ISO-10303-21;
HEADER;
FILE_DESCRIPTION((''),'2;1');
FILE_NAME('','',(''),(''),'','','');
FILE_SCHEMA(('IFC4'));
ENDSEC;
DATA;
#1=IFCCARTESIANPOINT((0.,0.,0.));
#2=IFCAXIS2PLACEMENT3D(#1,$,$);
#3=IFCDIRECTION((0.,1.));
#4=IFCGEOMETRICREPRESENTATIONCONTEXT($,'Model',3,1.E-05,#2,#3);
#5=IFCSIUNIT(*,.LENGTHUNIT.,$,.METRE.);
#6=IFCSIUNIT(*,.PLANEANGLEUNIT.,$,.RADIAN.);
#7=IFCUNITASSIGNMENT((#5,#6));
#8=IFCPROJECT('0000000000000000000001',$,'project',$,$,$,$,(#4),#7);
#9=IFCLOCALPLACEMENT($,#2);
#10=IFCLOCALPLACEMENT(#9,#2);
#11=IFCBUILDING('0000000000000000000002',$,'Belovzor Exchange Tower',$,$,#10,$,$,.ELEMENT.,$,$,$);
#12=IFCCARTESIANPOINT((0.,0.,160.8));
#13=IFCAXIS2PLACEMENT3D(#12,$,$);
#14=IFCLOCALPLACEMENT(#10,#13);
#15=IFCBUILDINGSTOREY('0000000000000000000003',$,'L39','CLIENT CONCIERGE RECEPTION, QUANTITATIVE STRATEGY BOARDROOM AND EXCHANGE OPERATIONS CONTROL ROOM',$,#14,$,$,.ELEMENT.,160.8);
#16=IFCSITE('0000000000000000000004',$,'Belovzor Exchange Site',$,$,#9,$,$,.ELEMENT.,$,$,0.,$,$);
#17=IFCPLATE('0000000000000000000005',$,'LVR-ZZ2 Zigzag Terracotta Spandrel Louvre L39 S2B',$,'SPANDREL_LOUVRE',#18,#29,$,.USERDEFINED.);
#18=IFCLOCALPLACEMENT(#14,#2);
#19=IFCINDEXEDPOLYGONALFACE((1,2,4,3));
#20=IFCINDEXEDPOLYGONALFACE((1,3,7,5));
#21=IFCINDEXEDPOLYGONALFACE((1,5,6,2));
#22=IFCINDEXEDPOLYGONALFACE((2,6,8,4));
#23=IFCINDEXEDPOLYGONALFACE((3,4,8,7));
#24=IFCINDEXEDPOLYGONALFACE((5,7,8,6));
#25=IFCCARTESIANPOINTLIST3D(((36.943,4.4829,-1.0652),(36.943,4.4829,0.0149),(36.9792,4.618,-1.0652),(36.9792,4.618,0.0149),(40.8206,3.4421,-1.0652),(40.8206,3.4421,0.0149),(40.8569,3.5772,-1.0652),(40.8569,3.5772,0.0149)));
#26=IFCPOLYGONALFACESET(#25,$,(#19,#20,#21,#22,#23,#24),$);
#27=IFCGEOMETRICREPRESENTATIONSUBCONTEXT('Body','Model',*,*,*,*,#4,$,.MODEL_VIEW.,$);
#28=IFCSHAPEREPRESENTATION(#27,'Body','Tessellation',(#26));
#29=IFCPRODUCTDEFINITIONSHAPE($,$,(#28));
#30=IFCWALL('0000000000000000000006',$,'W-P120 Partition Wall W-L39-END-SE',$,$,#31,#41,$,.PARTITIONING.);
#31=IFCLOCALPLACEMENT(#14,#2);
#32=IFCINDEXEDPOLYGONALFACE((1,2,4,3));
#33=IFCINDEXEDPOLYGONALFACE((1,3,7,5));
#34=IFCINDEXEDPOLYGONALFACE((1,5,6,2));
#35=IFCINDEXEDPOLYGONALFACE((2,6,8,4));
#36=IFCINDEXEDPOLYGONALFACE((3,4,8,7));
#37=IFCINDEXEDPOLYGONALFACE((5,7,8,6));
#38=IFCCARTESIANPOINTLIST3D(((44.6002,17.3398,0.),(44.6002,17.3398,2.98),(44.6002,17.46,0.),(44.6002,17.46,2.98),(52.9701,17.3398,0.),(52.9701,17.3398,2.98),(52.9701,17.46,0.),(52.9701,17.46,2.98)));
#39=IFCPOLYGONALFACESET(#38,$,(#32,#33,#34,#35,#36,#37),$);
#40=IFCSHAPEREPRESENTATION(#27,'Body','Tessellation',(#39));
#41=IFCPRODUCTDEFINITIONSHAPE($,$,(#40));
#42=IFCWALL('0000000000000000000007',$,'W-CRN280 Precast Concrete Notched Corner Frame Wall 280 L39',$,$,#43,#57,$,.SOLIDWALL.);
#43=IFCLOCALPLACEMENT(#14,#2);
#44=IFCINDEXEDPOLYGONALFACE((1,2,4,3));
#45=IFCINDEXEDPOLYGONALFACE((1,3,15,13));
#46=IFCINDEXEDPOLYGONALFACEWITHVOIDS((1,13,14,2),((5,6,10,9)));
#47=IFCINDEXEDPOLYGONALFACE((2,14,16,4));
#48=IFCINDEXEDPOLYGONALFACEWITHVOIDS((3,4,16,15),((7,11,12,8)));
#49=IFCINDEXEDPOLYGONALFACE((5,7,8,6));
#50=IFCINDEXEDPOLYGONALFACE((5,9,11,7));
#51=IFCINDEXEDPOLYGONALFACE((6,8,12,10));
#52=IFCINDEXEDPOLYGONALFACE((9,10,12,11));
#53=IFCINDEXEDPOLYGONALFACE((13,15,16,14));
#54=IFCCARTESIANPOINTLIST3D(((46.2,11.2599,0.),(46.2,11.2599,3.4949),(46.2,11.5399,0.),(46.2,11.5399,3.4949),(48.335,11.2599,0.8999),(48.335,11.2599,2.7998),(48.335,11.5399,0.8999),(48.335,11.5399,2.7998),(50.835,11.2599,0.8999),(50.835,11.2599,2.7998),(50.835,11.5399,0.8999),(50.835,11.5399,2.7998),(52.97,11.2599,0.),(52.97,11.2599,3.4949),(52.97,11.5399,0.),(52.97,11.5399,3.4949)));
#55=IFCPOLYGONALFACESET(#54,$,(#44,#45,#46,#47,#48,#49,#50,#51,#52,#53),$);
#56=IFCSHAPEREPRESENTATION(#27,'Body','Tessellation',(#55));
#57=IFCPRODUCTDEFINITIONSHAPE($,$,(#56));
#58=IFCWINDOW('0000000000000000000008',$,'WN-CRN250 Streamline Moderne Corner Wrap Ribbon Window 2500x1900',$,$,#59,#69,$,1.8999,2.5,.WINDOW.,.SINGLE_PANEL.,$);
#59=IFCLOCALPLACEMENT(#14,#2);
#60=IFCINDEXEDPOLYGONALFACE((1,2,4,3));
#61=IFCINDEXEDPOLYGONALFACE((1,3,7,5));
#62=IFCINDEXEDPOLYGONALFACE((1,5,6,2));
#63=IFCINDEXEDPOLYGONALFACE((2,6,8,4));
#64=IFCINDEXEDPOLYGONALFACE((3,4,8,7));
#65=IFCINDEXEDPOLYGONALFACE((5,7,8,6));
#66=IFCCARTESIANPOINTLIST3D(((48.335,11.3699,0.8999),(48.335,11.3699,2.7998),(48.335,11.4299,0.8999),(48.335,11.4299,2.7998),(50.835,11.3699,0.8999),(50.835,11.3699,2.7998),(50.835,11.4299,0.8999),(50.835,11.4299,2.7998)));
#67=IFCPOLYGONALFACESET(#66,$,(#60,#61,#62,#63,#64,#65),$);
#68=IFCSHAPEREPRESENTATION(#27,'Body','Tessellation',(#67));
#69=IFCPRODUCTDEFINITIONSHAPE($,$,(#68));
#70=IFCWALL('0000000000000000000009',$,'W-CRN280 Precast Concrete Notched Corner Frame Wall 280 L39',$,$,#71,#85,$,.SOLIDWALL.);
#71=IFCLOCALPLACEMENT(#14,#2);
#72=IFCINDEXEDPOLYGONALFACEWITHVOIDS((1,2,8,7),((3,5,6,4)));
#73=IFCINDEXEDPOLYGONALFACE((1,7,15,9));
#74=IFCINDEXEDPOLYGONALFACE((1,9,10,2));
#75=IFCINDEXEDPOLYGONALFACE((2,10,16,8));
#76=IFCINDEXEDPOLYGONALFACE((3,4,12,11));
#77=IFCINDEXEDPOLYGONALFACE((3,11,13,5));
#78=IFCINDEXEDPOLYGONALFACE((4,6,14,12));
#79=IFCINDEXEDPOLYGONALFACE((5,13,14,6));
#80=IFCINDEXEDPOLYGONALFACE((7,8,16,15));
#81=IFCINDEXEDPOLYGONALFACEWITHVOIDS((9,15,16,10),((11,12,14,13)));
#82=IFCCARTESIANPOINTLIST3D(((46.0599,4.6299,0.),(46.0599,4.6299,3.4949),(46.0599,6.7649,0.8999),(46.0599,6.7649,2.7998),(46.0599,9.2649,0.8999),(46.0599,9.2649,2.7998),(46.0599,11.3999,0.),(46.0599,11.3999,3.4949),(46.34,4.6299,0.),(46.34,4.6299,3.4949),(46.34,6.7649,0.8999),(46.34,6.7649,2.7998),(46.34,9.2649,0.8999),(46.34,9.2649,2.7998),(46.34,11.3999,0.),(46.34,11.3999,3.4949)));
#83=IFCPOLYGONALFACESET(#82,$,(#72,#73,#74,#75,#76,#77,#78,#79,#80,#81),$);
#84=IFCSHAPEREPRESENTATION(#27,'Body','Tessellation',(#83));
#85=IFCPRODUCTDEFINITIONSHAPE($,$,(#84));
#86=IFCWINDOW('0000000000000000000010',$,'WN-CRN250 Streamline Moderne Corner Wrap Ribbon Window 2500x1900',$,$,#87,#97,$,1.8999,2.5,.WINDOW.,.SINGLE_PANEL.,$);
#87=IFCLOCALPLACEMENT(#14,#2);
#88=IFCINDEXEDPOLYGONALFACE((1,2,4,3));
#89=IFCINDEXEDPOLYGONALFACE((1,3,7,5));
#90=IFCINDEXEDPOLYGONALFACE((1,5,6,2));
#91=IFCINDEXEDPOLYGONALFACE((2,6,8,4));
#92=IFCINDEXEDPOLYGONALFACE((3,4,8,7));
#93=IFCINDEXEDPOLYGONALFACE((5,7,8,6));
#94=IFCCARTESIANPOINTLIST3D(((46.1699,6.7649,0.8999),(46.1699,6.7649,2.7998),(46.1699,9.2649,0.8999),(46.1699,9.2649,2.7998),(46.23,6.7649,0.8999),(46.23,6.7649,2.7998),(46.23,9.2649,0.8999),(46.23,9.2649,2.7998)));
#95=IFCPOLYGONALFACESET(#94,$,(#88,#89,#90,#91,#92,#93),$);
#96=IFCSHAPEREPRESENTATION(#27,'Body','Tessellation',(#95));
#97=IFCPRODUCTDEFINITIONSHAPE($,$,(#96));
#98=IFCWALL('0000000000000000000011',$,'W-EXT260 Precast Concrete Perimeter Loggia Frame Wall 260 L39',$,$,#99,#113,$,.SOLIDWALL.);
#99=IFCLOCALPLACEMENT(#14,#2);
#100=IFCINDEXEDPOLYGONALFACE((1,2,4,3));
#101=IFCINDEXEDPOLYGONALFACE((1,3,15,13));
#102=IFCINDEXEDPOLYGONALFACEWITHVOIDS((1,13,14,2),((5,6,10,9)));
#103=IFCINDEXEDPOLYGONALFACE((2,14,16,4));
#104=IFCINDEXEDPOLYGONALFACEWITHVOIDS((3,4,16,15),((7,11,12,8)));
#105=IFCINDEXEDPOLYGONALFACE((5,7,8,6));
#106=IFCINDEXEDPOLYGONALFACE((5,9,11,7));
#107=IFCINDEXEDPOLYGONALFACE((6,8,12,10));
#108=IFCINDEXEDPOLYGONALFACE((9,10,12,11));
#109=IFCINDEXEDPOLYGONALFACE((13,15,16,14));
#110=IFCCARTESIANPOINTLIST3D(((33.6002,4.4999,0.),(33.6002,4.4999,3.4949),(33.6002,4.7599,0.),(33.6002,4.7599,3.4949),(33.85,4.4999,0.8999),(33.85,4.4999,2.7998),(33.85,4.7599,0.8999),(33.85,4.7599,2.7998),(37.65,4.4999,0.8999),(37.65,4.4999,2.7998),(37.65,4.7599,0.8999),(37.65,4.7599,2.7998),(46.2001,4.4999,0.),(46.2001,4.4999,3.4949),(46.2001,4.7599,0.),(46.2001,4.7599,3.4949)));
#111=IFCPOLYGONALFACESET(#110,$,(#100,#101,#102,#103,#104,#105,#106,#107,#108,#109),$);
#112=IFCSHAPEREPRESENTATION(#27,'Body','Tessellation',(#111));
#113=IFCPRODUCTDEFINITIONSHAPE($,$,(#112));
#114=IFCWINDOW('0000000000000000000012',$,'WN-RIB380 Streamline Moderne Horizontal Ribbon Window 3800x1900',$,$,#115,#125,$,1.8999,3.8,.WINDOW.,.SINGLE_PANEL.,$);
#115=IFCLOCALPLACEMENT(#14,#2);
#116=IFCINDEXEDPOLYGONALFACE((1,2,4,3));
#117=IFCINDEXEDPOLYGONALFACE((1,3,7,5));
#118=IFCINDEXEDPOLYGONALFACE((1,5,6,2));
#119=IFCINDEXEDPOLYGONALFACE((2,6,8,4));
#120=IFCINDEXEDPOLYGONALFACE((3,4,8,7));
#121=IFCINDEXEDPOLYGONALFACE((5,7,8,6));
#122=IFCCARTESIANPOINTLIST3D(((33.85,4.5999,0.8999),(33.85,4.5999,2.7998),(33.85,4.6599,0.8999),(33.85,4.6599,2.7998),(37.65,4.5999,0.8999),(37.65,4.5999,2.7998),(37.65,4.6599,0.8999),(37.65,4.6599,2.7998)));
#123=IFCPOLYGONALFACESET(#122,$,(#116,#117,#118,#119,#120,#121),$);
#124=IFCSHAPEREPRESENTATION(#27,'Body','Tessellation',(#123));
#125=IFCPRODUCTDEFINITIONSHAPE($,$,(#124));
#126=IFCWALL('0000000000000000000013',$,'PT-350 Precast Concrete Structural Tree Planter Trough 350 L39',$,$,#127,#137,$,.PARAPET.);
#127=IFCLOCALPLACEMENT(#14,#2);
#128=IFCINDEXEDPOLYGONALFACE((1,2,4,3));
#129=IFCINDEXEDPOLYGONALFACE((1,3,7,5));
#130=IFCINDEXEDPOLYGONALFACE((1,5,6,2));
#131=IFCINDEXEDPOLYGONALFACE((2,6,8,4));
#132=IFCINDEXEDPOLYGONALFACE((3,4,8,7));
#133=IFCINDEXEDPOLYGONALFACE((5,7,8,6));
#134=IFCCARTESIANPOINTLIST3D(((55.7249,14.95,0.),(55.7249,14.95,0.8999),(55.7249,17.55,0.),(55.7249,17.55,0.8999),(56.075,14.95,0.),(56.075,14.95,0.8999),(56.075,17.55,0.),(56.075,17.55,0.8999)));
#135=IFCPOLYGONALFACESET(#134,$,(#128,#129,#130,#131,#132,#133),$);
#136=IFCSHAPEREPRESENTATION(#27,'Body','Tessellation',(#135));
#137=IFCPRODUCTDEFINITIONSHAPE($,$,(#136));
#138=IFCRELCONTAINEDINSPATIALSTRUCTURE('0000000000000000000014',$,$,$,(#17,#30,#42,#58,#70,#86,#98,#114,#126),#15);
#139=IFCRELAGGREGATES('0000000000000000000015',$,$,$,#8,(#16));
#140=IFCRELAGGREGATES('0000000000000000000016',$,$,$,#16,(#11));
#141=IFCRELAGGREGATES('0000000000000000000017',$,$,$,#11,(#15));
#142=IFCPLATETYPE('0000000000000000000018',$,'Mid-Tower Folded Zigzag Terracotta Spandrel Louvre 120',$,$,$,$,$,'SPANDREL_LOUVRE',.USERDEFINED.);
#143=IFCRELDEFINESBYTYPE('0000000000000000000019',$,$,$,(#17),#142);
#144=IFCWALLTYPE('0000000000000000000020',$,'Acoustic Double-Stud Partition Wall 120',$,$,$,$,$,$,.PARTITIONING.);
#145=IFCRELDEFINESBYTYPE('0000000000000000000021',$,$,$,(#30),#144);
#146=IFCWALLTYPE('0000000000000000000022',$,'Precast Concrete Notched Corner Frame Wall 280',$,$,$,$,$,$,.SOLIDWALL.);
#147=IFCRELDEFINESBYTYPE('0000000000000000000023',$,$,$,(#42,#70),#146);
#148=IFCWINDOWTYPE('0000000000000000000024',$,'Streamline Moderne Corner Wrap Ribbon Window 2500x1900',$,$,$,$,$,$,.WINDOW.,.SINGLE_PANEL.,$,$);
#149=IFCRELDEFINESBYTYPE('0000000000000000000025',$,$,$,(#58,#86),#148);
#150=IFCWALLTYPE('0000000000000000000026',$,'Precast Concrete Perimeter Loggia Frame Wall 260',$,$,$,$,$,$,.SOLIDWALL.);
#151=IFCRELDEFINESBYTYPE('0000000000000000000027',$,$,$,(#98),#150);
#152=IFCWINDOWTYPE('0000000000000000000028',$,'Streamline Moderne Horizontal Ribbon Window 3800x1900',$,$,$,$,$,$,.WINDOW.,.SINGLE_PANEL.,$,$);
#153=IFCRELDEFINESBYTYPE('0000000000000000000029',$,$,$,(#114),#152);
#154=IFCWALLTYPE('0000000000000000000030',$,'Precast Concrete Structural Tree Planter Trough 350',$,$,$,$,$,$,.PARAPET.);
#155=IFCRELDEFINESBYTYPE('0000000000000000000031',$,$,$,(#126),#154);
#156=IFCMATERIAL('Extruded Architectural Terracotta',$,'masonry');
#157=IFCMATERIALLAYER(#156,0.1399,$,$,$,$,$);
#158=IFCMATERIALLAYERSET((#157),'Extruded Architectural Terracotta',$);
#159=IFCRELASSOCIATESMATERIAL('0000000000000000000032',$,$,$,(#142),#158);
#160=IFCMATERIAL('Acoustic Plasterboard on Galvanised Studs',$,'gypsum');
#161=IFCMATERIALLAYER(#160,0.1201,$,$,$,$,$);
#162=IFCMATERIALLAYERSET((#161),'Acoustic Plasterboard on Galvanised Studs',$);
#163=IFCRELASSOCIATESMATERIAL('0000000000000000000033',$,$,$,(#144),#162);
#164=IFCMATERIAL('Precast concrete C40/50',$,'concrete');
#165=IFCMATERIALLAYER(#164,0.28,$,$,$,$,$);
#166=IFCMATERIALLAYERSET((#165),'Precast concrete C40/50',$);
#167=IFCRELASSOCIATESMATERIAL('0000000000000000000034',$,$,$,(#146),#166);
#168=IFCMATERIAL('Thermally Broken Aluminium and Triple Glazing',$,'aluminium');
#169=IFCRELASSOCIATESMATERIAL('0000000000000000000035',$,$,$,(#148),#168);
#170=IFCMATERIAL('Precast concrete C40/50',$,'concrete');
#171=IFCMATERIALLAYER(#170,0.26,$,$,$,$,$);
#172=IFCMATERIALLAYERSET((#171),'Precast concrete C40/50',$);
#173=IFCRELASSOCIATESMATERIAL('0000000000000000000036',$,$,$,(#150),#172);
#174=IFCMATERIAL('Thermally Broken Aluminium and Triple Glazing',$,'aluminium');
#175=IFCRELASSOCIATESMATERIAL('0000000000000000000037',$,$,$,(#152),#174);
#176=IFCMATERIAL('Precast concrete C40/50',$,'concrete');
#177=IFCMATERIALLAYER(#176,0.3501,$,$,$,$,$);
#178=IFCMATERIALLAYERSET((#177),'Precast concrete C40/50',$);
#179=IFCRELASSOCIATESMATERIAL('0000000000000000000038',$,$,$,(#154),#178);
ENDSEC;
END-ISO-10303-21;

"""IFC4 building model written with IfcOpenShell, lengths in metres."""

from ifc_helpers import new_model, si_unit, direction, frame, frame_2d, origin, origin_2d, place, context, subcontext, project, spatial, rectangle, extrude, material, layer, layer_set, type_object, element, fill, save


model = new_model("IFC4")

# Units and contexts
model_context = context("Model", 3, precision=1e-05, world=origin(), true_north=direction((0.0, 1.0)))
body_context = subcontext(model_context, "Body", "Model", "MODEL_VIEW")
ifc_project = project(units=[si_unit("LENGTHUNIT", "METRE"), si_unit("PLANEANGLEUNIT", "RADIAN")], contexts=[model_context])

# Site, building, storey
site_placement = place(None, origin())
site = spatial("IfcSite", under=ifc_project, at=site_placement, Name="Belovzor Exchange Site", CompositionType="ELEMENT", RefElevation=0.0)
building_placement = place(site_placement, origin())
building = spatial("IfcBuilding", under=site, at=building_placement, Name="Belovzor Exchange Tower", CompositionType="ELEMENT")
storey_placement = place(building_placement, frame((0.0, 0.0, 160.8)))
storey = spatial("IfcBuildingStorey", under=building, at=storey_placement, Name="L39", Description="CLIENT CONCIERGE RECEPTION, QUANTITATIVE STRATEGY BOARDROOM AND EXCHANGE OPERATIONS CONTROL ROOM", CompositionType="ELEMENT", Elevation=160.8)

# Plate
ifc_material_1 = material(Name="Extruded Architectural Terracotta", Category="masonry")
ifc_layer_1 = layer(ifc_material_1, 0.1399)
ifc_layer_set_1 = layer_set([ifc_layer_1], Name="Extruded Architectural Terracotta")
plate_type = type_object("IfcPlateType", Name="Mid-Tower Folded Zigzag Terracotta Spandrel Louvre 120", ElementType="SPANDREL_LOUVRE", PredefinedType="USERDEFINED", material=ifc_layer_set_1)
plate_placement = place(storey_placement, frame((38.8999, 4.03, -1.0652), z_axis=(0.0, 0.0, 1.0), x_axis=(0.965813, -0.25924, 0.0)))
element("IfcPlate", 1, at=plate_placement, inside=storey, type_object=plate_type, Name="LVR-ZZ2 Zigzag Terracotta Spandrel Louvre L39 S2B", ObjectType="SPANDREL_LOUVRE", PredefinedType="USERDEFINED", context=body_context, shape_type="SweptSolid", body=[
    extrude(rectangle(XDim=4.0149, YDim=0.1399, at=origin_2d()), origin(), (0.0, 0.0, 1.0), 1.0801),
])

# Wall
ifc_material_2 = material(Name="Acoustic Plasterboard on Galvanised Studs", Category="gypsum")
ifc_layer_2 = layer(ifc_material_2, 0.1201)
ifc_layer_set_2 = layer_set([ifc_layer_2], Name="Acoustic Plasterboard on Galvanised Studs")
wall_type_1 = type_object("IfcWallType", Name="Acoustic Double-Stud Partition Wall 120", PredefinedType="PARTITIONING", material=ifc_layer_set_2)
wall_1_placement = place(storey_placement, frame((44.6001, 17.3999, 0.0), z_axis=(0.0, 0.0, 1.0), x_axis=(1.0, 0.0, 0.0)))
element("IfcWall", 2, at=wall_1_placement, inside=storey, type_object=wall_type_1, Name="W-P120 Partition Wall W-L39-END-SE", PredefinedType="PARTITIONING", context=body_context, shape_type="SweptSolid", body=[
    extrude(rectangle(XDim=8.3699, YDim=0.1201, at=frame_2d((4.1851, 0.0))), origin(), (0.0, 0.0, 1.0), 2.98),
])

# Walls, openings, windows
ifc_material_3 = material(Name="Precast concrete C40/50", Category="concrete")
ifc_layer_3 = layer(ifc_material_3, 0.28)
ifc_layer_set_3 = layer_set([ifc_layer_3], Name="Precast concrete C40/50")
wall_type_2 = type_object("IfcWallType", Name="Precast Concrete Notched Corner Frame Wall 280", PredefinedType="SOLIDWALL", material=ifc_layer_set_3)
wall_2_placement = place(storey_placement, frame((52.97, 11.3999, 0.0), z_axis=(0.0, 0.0, 1.0), x_axis=(-1.0, 0.0, 0.0)))
wall_2 = element("IfcWall", 3, at=wall_2_placement, inside=storey, type_object=wall_type_2, Name="W-CRN280 Precast Concrete Notched Corner Frame Wall 280 L39", PredefinedType="SOLIDWALL", context=body_context, shape_type="SweptSolid", body=[
    extrude(rectangle(XDim=6.77, YDim=0.28, at=frame_2d((3.385, 0.0))), origin(), (0.0, 0.0, 1.0), 3.4949),
])
opening_1_placement = place(wall_2_placement, frame((2.135, 0.0, 0.8999)))
opening_1 = element("IfcOpeningElement", 4, at=opening_1_placement, cuts=wall_2, PredefinedType="OPENING", context=body_context, shape_type="SweptSolid", body=[
    extrude(rectangle(XDim=2.5, YDim=1.8999, at=frame_2d((1.25, 0.95))), frame((0.0, 0.1499, 0.0), z_axis=(0.0, -1.0, 0.0), x_axis=(1.0, 0.0, 0.0)), (0.0, 0.0, 1.0), 0.3),
])
ifc_material_4 = material(Name="Thermally Broken Aluminium and Triple Glazing", Category="aluminium")
window_type_1 = type_object("IfcWindowType", Name="Streamline Moderne Corner Wrap Ribbon Window 2500x1900", PartitioningType="SINGLE_PANEL", PredefinedType="WINDOW", material=ifc_material_4)
window_1_placement = place(opening_1_placement, origin())
window_1 = element("IfcWindow", 5, at=window_1_placement, inside=storey, type_object=window_type_1, Name="WN-CRN250 Streamline Moderne Corner Wrap Ribbon Window 2500x1900", OverallHeight=1.8999, OverallWidth=2.5, PartitioningType="SINGLE_PANEL", PredefinedType="WINDOW", context=body_context, shape_type="SweptSolid", body=[
    extrude(rectangle(XDim=2.5, YDim=1.8999, at=frame_2d((1.25, 0.95))), frame((0.0, 0.03, 0.0), z_axis=(0.0, -1.0, 0.0), x_axis=(1.0, 0.0, 0.0)), (0.0, 0.0, 1.0), 0.0601),
])
fill(opening_1, window_1)
wall_3_placement = place(storey_placement, frame((46.2, 11.3999, 0.0), z_axis=(0.0, 0.0, 1.0), x_axis=(0.0, -1.0, 0.0)))
wall_3 = element("IfcWall", 6, at=wall_3_placement, inside=storey, type_object=wall_type_2, Name="W-CRN280 Precast Concrete Notched Corner Frame Wall 280 L39", PredefinedType="SOLIDWALL", context=body_context, shape_type="SweptSolid", body=[
    extrude(rectangle(XDim=6.77, YDim=0.28, at=frame_2d((3.385, 0.0))), origin(), (0.0, 0.0, 1.0), 3.4949),
])
opening_2_placement = place(wall_3_placement, frame((2.135, 0.0, 0.8999)))
opening_2 = element("IfcOpeningElement", 7, at=opening_2_placement, cuts=wall_3, PredefinedType="OPENING", context=body_context, shape_type="SweptSolid", body=[
    extrude(rectangle(XDim=2.5, YDim=1.8999, at=frame_2d((1.25, 0.95))), frame((0.0, 0.1499, 0.0), z_axis=(0.0, -1.0, 0.0), x_axis=(1.0, 0.0, 0.0)), (0.0, 0.0, 1.0), 0.3),
])
window_2_placement = place(opening_2_placement, origin())
window_2 = element("IfcWindow", 8, at=window_2_placement, inside=storey, type_object=window_type_1, Name="WN-CRN250 Streamline Moderne Corner Wrap Ribbon Window 2500x1900", OverallHeight=1.8999, OverallWidth=2.5, PartitioningType="SINGLE_PANEL", PredefinedType="WINDOW", context=body_context, shape_type="SweptSolid", body=[
    extrude(rectangle(XDim=2.5, YDim=1.8999, at=frame_2d((1.25, 0.95))), frame((0.0, 0.03, 0.0), z_axis=(0.0, -1.0, 0.0), x_axis=(1.0, 0.0, 0.0)), (0.0, 0.0, 1.0), 0.0601),
])
fill(opening_2, window_2)
ifc_material_5 = material(Name="Precast concrete C40/50", Category="concrete")
ifc_layer_4 = layer(ifc_material_5, 0.26)
ifc_layer_set_4 = layer_set([ifc_layer_4], Name="Precast concrete C40/50")
wall_type_3 = type_object("IfcWallType", Name="Precast Concrete Perimeter Loggia Frame Wall 260", PredefinedType="SOLIDWALL", material=ifc_layer_set_4)
wall_4_placement = place(storey_placement, frame((46.2, 4.6299, 0.0), z_axis=(0.0, 0.0, 1.0), x_axis=(-1.0, 0.0, 0.0)))
wall_4 = element("IfcWall", 9, at=wall_4_placement, inside=storey, type_object=wall_type_3, Name="W-EXT260 Precast Concrete Perimeter Loggia Frame Wall 260 L39", PredefinedType="SOLIDWALL", context=body_context, shape_type="SweptSolid", body=[
    extrude(rectangle(XDim=12.5999, YDim=0.26, at=frame_2d((6.2998, 0.0))), origin(), (0.0, 0.0, 1.0), 3.4949),
])
opening_3_placement = place(wall_4_placement, frame((8.55, 0.0, 0.8999)))
opening_3 = element("IfcOpeningElement", 10, at=opening_3_placement, cuts=wall_4, PredefinedType="OPENING", context=body_context, shape_type="SweptSolid", body=[
    extrude(rectangle(XDim=3.8, YDim=1.8999, at=frame_2d((1.8999, 0.95))), frame((0.0, 0.1399, 0.0), z_axis=(0.0, -1.0, 0.0), x_axis=(1.0, 0.0, 0.0)), (0.0, 0.0, 1.0), 0.28),
])
ifc_material_6 = material(Name="Thermally Broken Aluminium and Triple Glazing", Category="aluminium")
window_type_2 = type_object("IfcWindowType", Name="Streamline Moderne Horizontal Ribbon Window 3800x1900", PartitioningType="SINGLE_PANEL", PredefinedType="WINDOW", material=ifc_material_6)
window_3_placement = place(opening_3_placement, origin())
window_3 = element("IfcWindow", 11, at=window_3_placement, inside=storey, type_object=window_type_2, Name="WN-RIB380 Streamline Moderne Horizontal Ribbon Window 3800x1900", OverallHeight=1.8999, OverallWidth=3.8, PartitioningType="SINGLE_PANEL", PredefinedType="WINDOW", context=body_context, shape_type="SweptSolid", body=[
    extrude(rectangle(XDim=3.8, YDim=1.8999, at=frame_2d((1.8999, 0.95))), frame((0.0, 0.03, 0.0), z_axis=(0.0, -1.0, 0.0), x_axis=(1.0, 0.0, 0.0)), (0.0, 0.0, 1.0), 0.0601),
])
fill(opening_3, window_3)

# Wall
ifc_material_7 = material(Name="Precast concrete C40/50", Category="concrete")
ifc_layer_5 = layer(ifc_material_7, 0.3501)
ifc_layer_set_5 = layer_set([ifc_layer_5], Name="Precast concrete C40/50")
wall_type_4 = type_object("IfcWallType", Name="Precast Concrete Structural Tree Planter Trough 350", PredefinedType="PARAPET", material=ifc_layer_set_5)
wall_5_placement = place(storey_placement, frame((55.8999, 14.95, 0.0), z_axis=(0.0, 0.0, 1.0), x_axis=(0.0, 1.0, 0.0)))
element("IfcWall", 12, at=wall_5_placement, inside=storey, type_object=wall_type_4, Name="PT-350 Precast Concrete Structural Tree Planter Trough 350 L39", PredefinedType="PARAPET", context=body_context, shape_type="SweptSolid", body=[
    extrude(rectangle(XDim=2.6001, YDim=0.3501, at=frame_2d((1.3, 0.0))), origin(), (0.0, 0.0, 1.0), 0.8999),
])

save(model, "model.ifc")
